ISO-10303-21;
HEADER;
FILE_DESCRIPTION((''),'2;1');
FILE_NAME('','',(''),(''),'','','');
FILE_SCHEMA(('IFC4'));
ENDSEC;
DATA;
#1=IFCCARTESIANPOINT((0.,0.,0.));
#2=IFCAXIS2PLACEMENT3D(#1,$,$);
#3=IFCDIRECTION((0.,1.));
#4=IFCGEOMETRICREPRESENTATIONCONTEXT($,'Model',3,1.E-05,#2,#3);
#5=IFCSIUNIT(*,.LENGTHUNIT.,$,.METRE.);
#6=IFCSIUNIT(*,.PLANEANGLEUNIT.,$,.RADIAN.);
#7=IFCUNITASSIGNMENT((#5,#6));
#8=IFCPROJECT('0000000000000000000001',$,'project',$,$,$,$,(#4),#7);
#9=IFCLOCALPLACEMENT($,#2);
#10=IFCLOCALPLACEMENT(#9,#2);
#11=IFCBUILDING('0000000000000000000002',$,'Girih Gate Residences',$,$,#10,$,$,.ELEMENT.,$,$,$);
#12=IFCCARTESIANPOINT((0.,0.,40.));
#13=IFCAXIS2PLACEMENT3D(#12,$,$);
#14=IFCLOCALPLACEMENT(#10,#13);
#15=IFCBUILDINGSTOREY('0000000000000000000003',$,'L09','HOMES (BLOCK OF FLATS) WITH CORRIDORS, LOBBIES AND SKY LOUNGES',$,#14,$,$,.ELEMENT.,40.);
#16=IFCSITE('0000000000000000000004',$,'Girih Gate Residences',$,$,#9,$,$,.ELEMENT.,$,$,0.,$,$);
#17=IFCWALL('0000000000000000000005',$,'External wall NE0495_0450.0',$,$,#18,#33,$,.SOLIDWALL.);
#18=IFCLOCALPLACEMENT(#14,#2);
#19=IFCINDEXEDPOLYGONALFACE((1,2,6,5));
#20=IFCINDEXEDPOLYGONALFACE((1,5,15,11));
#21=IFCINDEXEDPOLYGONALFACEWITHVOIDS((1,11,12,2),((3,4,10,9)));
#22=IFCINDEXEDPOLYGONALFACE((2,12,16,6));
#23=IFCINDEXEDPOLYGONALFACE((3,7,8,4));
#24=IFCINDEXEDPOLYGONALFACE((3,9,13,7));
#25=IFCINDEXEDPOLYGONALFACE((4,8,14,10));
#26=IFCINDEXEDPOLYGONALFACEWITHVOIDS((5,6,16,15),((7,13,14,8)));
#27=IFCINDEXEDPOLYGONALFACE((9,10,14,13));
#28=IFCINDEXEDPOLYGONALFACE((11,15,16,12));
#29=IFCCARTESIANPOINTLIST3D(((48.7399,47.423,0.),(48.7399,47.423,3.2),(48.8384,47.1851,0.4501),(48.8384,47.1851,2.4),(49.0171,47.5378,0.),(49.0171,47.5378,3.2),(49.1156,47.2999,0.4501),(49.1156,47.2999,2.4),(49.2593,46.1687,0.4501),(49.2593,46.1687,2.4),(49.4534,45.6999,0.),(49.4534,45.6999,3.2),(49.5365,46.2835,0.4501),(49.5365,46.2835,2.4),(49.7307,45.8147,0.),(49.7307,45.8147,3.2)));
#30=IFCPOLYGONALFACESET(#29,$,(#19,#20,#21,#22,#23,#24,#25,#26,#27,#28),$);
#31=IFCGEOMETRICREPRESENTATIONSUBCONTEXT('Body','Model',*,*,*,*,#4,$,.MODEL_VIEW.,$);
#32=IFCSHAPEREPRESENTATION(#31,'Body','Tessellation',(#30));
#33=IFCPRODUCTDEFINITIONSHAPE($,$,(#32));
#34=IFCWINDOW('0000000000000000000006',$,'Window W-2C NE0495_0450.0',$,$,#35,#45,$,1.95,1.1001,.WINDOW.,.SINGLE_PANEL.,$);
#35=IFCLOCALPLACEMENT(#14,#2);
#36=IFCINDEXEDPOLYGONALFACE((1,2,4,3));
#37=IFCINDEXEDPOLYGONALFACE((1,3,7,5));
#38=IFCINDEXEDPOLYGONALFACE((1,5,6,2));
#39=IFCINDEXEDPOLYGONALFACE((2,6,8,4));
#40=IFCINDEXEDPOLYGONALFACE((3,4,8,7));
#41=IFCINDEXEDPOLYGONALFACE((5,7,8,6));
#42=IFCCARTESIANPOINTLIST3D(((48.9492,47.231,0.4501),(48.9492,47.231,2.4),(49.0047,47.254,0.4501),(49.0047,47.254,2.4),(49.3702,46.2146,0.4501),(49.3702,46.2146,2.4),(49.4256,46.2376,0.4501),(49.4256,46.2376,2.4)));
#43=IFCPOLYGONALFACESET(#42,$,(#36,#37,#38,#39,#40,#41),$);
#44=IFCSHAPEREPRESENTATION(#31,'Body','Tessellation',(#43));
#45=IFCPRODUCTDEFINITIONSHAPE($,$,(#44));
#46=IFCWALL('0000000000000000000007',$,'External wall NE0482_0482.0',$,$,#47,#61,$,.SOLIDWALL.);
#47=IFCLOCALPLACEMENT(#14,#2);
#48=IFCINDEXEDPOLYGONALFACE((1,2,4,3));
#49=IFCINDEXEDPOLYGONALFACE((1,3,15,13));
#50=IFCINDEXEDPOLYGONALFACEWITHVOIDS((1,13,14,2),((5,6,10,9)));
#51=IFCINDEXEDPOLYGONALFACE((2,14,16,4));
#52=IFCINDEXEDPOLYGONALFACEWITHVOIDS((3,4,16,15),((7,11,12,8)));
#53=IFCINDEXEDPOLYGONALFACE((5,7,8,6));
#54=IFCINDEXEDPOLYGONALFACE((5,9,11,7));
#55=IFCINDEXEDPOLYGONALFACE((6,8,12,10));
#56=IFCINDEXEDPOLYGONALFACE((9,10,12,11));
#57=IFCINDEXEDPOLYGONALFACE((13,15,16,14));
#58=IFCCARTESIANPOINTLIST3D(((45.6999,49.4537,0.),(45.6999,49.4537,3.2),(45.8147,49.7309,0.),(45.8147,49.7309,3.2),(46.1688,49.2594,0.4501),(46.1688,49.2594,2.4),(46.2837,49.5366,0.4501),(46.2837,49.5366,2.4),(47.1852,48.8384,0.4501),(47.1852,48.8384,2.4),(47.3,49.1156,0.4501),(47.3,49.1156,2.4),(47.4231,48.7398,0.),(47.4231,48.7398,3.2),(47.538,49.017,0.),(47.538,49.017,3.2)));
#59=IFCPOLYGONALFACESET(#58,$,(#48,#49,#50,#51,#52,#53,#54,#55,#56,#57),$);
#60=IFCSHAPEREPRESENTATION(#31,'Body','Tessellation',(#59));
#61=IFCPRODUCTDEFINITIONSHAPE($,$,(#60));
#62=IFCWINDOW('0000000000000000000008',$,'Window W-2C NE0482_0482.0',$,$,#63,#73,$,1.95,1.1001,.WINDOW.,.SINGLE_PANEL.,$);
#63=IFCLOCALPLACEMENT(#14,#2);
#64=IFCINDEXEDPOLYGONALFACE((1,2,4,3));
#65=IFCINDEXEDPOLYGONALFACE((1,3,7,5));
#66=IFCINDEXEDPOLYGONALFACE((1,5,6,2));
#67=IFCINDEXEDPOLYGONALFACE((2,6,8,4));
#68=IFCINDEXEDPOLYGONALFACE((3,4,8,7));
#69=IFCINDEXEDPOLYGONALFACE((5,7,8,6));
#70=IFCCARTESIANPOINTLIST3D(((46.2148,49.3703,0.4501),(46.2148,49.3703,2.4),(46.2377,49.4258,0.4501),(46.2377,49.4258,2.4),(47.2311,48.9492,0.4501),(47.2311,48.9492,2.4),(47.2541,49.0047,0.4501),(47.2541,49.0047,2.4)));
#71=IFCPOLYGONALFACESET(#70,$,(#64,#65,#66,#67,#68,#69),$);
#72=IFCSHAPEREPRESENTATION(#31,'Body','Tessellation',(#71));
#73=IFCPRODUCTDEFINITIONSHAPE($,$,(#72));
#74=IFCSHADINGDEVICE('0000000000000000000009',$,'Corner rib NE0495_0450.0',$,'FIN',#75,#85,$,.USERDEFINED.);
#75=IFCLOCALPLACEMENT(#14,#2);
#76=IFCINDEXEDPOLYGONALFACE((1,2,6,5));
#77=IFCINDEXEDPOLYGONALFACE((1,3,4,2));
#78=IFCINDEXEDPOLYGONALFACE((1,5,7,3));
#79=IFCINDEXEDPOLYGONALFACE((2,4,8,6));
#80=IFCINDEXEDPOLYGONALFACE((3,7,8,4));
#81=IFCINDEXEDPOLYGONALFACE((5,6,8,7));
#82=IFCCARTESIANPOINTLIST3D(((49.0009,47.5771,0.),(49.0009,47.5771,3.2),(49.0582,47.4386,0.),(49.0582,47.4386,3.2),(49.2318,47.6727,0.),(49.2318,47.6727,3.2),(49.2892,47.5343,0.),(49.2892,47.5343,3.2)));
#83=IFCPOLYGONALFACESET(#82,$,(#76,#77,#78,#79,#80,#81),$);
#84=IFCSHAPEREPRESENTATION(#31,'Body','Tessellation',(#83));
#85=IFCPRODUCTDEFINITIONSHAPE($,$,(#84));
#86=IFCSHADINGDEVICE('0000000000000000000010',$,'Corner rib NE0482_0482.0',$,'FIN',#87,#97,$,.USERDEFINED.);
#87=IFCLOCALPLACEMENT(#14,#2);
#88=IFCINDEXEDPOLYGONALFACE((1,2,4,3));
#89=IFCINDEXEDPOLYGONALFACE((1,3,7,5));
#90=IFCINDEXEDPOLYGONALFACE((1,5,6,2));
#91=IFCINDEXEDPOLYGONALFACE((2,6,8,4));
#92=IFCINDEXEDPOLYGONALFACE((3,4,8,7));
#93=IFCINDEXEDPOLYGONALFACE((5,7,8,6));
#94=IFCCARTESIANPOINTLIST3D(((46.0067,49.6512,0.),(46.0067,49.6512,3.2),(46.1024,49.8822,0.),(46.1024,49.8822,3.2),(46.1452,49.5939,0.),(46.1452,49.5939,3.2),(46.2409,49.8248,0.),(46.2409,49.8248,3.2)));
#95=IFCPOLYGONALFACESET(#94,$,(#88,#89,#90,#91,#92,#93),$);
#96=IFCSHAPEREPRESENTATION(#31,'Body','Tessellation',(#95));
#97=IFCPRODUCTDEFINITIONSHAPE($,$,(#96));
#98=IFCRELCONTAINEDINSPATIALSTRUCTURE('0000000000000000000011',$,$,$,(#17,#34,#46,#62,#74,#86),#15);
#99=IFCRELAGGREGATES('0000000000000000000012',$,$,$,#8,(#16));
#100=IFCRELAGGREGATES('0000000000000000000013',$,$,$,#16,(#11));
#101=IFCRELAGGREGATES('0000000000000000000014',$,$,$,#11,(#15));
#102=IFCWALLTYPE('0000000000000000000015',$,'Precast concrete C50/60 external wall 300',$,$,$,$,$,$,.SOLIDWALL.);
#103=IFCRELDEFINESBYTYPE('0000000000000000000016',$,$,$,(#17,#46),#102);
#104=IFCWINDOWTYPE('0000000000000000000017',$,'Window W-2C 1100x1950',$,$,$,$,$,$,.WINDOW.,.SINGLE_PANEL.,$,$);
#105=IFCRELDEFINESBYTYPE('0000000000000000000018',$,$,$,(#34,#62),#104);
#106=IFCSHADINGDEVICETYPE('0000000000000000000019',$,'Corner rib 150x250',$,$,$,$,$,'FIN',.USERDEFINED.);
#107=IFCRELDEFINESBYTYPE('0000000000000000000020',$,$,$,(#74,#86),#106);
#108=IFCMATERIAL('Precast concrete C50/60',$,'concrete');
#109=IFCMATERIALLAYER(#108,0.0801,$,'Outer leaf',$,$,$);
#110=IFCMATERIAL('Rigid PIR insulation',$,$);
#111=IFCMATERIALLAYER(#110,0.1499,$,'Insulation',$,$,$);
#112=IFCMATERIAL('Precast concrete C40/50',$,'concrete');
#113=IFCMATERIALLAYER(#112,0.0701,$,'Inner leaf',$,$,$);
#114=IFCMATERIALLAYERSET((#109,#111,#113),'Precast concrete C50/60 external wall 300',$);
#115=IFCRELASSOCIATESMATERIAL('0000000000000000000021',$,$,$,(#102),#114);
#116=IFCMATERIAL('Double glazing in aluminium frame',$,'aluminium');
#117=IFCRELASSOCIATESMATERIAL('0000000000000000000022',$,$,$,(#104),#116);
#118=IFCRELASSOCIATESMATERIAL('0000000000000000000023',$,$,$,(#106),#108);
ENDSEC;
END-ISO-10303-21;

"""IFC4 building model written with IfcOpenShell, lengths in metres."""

from ifc_helpers import new_model, si_unit, direction, frame, frame_2d, origin, origin_2d, place, context, subcontext, project, spatial, rectangle, extrude, material, layer, layer_set, type_object, element, fill, save


model = new_model("IFC4")

# Units and contexts
model_context = context("Model", 3, precision=1e-05, world=origin(), true_north=direction((0.0, 1.0)))
body_context = subcontext(model_context, "Body", "Model", "MODEL_VIEW")
ifc_project = project(units=[si_unit("LENGTHUNIT", "METRE"), si_unit("PLANEANGLEUNIT", "RADIAN")], contexts=[model_context])

# Site, building, storey
site_placement = place(None, origin())
site = spatial("IfcSite", under=ifc_project, at=site_placement, Name="Girih Gate Residences", CompositionType="ELEMENT", RefElevation=0.0)
building_placement = place(site_placement, origin())
building = spatial("IfcBuilding", under=site, at=building_placement, Name="Girih Gate Residences", CompositionType="ELEMENT")
storey_placement = place(building_placement, frame((0.0, 0.0, 40.0)))
storey = spatial("IfcBuildingStorey", under=building, at=storey_placement, Name="L09", Description="HOMES (BLOCK OF FLATS) WITH CORRIDORS, LOBBIES AND SKY LOUNGES", CompositionType="ELEMENT", Elevation=40.0)

# Walls, openings, windows
ifc_material_1 = material(Name="Precast concrete C50/60", Category="concrete")
ifc_layer_1 = layer(ifc_material_1, 0.0801, Name="Outer leaf")
ifc_material_2 = material(Name="Rigid PIR insulation")
ifc_layer_2 = layer(ifc_material_2, 0.1499, Name="Insulation")
ifc_material_3 = material(Name="Precast concrete C40/50", Category="concrete")
ifc_layer_3 = layer(ifc_material_3, 0.0701, Name="Inner leaf")
ifc_layer_set_1 = layer_set([ifc_layer_1, ifc_layer_2, ifc_layer_3], Name="Precast concrete C50/60 external wall 300")
wall_type_1 = type_object("IfcWallType", Name="Precast concrete C50/60 external wall 300", PredefinedType="SOLIDWALL", material=ifc_layer_set_1)
ifc_material_4 = material(Name="Double glazing in aluminium frame", Category="aluminium")
wall_1_placement = place(storey_placement, frame((48.8784, 47.4805, 0.0), z_axis=(0.0, 0.0, 1.0), x_axis=(0.382625, -0.923904, 0.0)))
wall_1 = element("IfcWall", 1, at=wall_1_placement, inside=storey, type_object=wall_type_1, Name="External wall NE0495_0450.0", PredefinedType="SOLIDWALL", context=body_context, shape_type="SweptSolid", body=[
    extrude(rectangle(XDim=1.865, YDim=0.3, at=frame_2d((0.9326, 0.0))), origin(), (0.0, 0.0, 1.0), 3.2),
])
opening_1_placement = place(wall_1_placement, frame((0.2576, 0.0, 0.45)))
opening_1 = element("IfcOpeningElement", 2, at=opening_1_placement, cuts=wall_1, PredefinedType="OPENING", context=body_context, shape_type="SweptSolid", body=[
    extrude(rectangle(XDim=1.1001, YDim=1.95, at=frame_2d((0.55, 0.9751))), frame((0.0, 0.1599, 0.0), z_axis=(0.0, -1.0, 0.0), x_axis=(1.0, 0.0, 0.0)), (0.0, 0.0, 1.0), 0.3201),
])
window_type_1 = type_object("IfcWindowType", Name="Window W-2C 1100x1950", PartitioningType="SINGLE_PANEL", PredefinedType="WINDOW", material=ifc_material_4)
window_1_placement = place(opening_1_placement, origin())
window_1 = element("IfcWindow", 3, at=window_1_placement, inside=storey, type_object=window_type_1, Name="Window W-2C NE0495_0450.0", OverallHeight=1.95, OverallWidth=1.1001, PartitioningType="SINGLE_PANEL", PredefinedType="WINDOW", context=body_context, shape_type="SweptSolid", body=[
    extrude(rectangle(XDim=1.1001, YDim=1.95, at=frame_2d((0.55, 0.9751))), frame((0.0, 0.03, 0.0), z_axis=(0.0, -1.0, 0.0), x_axis=(1.0, 0.0, 0.0)), (0.0, 0.0, 1.0), 0.0601),
])
fill(opening_1, window_1)
wall_2_placement = place(storey_placement, frame((45.7573, 49.5923, 0.0), z_axis=(0.0, 0.0, 1.0), x_axis=(0.923857, -0.382737, 0.0)))
wall_2 = element("IfcWall", 4, at=wall_2_placement, inside=storey, type_object=wall_type_1, Name="External wall NE0482_0482.0", PredefinedType="SOLIDWALL", context=body_context, shape_type="SweptSolid", body=[
    extrude(rectangle(XDim=1.8652, YDim=0.3, at=frame_2d((0.9326, 0.0))), origin(), (0.0, 0.0, 1.0), 3.2),
])
opening_2_placement = place(wall_2_placement, frame((0.5076, 0.0, 0.45)))
opening_2 = element("IfcOpeningElement", 5, at=opening_2_placement, cuts=wall_2, PredefinedType="OPENING", context=body_context, shape_type="SweptSolid", body=[
    extrude(rectangle(XDim=1.1001, YDim=1.95, at=frame_2d((0.55, 0.9751))), frame((0.0, 0.1599, 0.0), z_axis=(0.0, -1.0, 0.0), x_axis=(1.0, 0.0, 0.0)), (0.0, 0.0, 1.0), 0.3201),
])
window_2_placement = place(opening_2_placement, origin())
window_2 = element("IfcWindow", 6, at=window_2_placement, inside=storey, type_object=window_type_1, Name="Window W-2C NE0482_0482.0", OverallHeight=1.95, OverallWidth=1.1001, PartitioningType="SINGLE_PANEL", PredefinedType="WINDOW", context=body_context, shape_type="SweptSolid", body=[
    extrude(rectangle(XDim=1.1001, YDim=1.95, at=frame_2d((0.55, 0.9751))), frame((0.0, 0.03, 0.0), z_axis=(0.0, -1.0, 0.0), x_axis=(1.0, 0.0, 0.0)), (0.0, 0.0, 1.0), 0.0601),
])
fill(opening_2, window_2)

# Shading devices
shading_device_type = type_object("IfcShadingDeviceType", Name="Corner rib 150x250", ElementType="FIN", PredefinedType="USERDEFINED", material=ifc_material_1)
for number, where, z_axis, x_axis, name in (
    (7, (49.145, 47.5557, 0.0), (0.0, 0.0, 1.0), (-0.382683, 0.92388, 0.0), "Corner rib NE0495_0450.0"),
    (8, (46.1238, 49.738, 0.0), (0.0, 0.0, 1.0), (-0.92388, 0.382683, 0.0), "Corner rib NE0482_0482.0"),
):
    element("IfcShadingDevice", number, at=place(storey_placement, frame(where, z_axis=z_axis, x_axis=x_axis)), inside=storey, type_object=shading_device_type, Name=name, ObjectType="FIN", PredefinedType="USERDEFINED", context=body_context, shape_type="SweptSolid", body=[
        extrude(rectangle(XDim=0.1499, YDim=0.25, at=origin_2d()), origin(), (0.0, 0.0, 1.0), 3.2),
    ])

save(model, "model.ifc")
